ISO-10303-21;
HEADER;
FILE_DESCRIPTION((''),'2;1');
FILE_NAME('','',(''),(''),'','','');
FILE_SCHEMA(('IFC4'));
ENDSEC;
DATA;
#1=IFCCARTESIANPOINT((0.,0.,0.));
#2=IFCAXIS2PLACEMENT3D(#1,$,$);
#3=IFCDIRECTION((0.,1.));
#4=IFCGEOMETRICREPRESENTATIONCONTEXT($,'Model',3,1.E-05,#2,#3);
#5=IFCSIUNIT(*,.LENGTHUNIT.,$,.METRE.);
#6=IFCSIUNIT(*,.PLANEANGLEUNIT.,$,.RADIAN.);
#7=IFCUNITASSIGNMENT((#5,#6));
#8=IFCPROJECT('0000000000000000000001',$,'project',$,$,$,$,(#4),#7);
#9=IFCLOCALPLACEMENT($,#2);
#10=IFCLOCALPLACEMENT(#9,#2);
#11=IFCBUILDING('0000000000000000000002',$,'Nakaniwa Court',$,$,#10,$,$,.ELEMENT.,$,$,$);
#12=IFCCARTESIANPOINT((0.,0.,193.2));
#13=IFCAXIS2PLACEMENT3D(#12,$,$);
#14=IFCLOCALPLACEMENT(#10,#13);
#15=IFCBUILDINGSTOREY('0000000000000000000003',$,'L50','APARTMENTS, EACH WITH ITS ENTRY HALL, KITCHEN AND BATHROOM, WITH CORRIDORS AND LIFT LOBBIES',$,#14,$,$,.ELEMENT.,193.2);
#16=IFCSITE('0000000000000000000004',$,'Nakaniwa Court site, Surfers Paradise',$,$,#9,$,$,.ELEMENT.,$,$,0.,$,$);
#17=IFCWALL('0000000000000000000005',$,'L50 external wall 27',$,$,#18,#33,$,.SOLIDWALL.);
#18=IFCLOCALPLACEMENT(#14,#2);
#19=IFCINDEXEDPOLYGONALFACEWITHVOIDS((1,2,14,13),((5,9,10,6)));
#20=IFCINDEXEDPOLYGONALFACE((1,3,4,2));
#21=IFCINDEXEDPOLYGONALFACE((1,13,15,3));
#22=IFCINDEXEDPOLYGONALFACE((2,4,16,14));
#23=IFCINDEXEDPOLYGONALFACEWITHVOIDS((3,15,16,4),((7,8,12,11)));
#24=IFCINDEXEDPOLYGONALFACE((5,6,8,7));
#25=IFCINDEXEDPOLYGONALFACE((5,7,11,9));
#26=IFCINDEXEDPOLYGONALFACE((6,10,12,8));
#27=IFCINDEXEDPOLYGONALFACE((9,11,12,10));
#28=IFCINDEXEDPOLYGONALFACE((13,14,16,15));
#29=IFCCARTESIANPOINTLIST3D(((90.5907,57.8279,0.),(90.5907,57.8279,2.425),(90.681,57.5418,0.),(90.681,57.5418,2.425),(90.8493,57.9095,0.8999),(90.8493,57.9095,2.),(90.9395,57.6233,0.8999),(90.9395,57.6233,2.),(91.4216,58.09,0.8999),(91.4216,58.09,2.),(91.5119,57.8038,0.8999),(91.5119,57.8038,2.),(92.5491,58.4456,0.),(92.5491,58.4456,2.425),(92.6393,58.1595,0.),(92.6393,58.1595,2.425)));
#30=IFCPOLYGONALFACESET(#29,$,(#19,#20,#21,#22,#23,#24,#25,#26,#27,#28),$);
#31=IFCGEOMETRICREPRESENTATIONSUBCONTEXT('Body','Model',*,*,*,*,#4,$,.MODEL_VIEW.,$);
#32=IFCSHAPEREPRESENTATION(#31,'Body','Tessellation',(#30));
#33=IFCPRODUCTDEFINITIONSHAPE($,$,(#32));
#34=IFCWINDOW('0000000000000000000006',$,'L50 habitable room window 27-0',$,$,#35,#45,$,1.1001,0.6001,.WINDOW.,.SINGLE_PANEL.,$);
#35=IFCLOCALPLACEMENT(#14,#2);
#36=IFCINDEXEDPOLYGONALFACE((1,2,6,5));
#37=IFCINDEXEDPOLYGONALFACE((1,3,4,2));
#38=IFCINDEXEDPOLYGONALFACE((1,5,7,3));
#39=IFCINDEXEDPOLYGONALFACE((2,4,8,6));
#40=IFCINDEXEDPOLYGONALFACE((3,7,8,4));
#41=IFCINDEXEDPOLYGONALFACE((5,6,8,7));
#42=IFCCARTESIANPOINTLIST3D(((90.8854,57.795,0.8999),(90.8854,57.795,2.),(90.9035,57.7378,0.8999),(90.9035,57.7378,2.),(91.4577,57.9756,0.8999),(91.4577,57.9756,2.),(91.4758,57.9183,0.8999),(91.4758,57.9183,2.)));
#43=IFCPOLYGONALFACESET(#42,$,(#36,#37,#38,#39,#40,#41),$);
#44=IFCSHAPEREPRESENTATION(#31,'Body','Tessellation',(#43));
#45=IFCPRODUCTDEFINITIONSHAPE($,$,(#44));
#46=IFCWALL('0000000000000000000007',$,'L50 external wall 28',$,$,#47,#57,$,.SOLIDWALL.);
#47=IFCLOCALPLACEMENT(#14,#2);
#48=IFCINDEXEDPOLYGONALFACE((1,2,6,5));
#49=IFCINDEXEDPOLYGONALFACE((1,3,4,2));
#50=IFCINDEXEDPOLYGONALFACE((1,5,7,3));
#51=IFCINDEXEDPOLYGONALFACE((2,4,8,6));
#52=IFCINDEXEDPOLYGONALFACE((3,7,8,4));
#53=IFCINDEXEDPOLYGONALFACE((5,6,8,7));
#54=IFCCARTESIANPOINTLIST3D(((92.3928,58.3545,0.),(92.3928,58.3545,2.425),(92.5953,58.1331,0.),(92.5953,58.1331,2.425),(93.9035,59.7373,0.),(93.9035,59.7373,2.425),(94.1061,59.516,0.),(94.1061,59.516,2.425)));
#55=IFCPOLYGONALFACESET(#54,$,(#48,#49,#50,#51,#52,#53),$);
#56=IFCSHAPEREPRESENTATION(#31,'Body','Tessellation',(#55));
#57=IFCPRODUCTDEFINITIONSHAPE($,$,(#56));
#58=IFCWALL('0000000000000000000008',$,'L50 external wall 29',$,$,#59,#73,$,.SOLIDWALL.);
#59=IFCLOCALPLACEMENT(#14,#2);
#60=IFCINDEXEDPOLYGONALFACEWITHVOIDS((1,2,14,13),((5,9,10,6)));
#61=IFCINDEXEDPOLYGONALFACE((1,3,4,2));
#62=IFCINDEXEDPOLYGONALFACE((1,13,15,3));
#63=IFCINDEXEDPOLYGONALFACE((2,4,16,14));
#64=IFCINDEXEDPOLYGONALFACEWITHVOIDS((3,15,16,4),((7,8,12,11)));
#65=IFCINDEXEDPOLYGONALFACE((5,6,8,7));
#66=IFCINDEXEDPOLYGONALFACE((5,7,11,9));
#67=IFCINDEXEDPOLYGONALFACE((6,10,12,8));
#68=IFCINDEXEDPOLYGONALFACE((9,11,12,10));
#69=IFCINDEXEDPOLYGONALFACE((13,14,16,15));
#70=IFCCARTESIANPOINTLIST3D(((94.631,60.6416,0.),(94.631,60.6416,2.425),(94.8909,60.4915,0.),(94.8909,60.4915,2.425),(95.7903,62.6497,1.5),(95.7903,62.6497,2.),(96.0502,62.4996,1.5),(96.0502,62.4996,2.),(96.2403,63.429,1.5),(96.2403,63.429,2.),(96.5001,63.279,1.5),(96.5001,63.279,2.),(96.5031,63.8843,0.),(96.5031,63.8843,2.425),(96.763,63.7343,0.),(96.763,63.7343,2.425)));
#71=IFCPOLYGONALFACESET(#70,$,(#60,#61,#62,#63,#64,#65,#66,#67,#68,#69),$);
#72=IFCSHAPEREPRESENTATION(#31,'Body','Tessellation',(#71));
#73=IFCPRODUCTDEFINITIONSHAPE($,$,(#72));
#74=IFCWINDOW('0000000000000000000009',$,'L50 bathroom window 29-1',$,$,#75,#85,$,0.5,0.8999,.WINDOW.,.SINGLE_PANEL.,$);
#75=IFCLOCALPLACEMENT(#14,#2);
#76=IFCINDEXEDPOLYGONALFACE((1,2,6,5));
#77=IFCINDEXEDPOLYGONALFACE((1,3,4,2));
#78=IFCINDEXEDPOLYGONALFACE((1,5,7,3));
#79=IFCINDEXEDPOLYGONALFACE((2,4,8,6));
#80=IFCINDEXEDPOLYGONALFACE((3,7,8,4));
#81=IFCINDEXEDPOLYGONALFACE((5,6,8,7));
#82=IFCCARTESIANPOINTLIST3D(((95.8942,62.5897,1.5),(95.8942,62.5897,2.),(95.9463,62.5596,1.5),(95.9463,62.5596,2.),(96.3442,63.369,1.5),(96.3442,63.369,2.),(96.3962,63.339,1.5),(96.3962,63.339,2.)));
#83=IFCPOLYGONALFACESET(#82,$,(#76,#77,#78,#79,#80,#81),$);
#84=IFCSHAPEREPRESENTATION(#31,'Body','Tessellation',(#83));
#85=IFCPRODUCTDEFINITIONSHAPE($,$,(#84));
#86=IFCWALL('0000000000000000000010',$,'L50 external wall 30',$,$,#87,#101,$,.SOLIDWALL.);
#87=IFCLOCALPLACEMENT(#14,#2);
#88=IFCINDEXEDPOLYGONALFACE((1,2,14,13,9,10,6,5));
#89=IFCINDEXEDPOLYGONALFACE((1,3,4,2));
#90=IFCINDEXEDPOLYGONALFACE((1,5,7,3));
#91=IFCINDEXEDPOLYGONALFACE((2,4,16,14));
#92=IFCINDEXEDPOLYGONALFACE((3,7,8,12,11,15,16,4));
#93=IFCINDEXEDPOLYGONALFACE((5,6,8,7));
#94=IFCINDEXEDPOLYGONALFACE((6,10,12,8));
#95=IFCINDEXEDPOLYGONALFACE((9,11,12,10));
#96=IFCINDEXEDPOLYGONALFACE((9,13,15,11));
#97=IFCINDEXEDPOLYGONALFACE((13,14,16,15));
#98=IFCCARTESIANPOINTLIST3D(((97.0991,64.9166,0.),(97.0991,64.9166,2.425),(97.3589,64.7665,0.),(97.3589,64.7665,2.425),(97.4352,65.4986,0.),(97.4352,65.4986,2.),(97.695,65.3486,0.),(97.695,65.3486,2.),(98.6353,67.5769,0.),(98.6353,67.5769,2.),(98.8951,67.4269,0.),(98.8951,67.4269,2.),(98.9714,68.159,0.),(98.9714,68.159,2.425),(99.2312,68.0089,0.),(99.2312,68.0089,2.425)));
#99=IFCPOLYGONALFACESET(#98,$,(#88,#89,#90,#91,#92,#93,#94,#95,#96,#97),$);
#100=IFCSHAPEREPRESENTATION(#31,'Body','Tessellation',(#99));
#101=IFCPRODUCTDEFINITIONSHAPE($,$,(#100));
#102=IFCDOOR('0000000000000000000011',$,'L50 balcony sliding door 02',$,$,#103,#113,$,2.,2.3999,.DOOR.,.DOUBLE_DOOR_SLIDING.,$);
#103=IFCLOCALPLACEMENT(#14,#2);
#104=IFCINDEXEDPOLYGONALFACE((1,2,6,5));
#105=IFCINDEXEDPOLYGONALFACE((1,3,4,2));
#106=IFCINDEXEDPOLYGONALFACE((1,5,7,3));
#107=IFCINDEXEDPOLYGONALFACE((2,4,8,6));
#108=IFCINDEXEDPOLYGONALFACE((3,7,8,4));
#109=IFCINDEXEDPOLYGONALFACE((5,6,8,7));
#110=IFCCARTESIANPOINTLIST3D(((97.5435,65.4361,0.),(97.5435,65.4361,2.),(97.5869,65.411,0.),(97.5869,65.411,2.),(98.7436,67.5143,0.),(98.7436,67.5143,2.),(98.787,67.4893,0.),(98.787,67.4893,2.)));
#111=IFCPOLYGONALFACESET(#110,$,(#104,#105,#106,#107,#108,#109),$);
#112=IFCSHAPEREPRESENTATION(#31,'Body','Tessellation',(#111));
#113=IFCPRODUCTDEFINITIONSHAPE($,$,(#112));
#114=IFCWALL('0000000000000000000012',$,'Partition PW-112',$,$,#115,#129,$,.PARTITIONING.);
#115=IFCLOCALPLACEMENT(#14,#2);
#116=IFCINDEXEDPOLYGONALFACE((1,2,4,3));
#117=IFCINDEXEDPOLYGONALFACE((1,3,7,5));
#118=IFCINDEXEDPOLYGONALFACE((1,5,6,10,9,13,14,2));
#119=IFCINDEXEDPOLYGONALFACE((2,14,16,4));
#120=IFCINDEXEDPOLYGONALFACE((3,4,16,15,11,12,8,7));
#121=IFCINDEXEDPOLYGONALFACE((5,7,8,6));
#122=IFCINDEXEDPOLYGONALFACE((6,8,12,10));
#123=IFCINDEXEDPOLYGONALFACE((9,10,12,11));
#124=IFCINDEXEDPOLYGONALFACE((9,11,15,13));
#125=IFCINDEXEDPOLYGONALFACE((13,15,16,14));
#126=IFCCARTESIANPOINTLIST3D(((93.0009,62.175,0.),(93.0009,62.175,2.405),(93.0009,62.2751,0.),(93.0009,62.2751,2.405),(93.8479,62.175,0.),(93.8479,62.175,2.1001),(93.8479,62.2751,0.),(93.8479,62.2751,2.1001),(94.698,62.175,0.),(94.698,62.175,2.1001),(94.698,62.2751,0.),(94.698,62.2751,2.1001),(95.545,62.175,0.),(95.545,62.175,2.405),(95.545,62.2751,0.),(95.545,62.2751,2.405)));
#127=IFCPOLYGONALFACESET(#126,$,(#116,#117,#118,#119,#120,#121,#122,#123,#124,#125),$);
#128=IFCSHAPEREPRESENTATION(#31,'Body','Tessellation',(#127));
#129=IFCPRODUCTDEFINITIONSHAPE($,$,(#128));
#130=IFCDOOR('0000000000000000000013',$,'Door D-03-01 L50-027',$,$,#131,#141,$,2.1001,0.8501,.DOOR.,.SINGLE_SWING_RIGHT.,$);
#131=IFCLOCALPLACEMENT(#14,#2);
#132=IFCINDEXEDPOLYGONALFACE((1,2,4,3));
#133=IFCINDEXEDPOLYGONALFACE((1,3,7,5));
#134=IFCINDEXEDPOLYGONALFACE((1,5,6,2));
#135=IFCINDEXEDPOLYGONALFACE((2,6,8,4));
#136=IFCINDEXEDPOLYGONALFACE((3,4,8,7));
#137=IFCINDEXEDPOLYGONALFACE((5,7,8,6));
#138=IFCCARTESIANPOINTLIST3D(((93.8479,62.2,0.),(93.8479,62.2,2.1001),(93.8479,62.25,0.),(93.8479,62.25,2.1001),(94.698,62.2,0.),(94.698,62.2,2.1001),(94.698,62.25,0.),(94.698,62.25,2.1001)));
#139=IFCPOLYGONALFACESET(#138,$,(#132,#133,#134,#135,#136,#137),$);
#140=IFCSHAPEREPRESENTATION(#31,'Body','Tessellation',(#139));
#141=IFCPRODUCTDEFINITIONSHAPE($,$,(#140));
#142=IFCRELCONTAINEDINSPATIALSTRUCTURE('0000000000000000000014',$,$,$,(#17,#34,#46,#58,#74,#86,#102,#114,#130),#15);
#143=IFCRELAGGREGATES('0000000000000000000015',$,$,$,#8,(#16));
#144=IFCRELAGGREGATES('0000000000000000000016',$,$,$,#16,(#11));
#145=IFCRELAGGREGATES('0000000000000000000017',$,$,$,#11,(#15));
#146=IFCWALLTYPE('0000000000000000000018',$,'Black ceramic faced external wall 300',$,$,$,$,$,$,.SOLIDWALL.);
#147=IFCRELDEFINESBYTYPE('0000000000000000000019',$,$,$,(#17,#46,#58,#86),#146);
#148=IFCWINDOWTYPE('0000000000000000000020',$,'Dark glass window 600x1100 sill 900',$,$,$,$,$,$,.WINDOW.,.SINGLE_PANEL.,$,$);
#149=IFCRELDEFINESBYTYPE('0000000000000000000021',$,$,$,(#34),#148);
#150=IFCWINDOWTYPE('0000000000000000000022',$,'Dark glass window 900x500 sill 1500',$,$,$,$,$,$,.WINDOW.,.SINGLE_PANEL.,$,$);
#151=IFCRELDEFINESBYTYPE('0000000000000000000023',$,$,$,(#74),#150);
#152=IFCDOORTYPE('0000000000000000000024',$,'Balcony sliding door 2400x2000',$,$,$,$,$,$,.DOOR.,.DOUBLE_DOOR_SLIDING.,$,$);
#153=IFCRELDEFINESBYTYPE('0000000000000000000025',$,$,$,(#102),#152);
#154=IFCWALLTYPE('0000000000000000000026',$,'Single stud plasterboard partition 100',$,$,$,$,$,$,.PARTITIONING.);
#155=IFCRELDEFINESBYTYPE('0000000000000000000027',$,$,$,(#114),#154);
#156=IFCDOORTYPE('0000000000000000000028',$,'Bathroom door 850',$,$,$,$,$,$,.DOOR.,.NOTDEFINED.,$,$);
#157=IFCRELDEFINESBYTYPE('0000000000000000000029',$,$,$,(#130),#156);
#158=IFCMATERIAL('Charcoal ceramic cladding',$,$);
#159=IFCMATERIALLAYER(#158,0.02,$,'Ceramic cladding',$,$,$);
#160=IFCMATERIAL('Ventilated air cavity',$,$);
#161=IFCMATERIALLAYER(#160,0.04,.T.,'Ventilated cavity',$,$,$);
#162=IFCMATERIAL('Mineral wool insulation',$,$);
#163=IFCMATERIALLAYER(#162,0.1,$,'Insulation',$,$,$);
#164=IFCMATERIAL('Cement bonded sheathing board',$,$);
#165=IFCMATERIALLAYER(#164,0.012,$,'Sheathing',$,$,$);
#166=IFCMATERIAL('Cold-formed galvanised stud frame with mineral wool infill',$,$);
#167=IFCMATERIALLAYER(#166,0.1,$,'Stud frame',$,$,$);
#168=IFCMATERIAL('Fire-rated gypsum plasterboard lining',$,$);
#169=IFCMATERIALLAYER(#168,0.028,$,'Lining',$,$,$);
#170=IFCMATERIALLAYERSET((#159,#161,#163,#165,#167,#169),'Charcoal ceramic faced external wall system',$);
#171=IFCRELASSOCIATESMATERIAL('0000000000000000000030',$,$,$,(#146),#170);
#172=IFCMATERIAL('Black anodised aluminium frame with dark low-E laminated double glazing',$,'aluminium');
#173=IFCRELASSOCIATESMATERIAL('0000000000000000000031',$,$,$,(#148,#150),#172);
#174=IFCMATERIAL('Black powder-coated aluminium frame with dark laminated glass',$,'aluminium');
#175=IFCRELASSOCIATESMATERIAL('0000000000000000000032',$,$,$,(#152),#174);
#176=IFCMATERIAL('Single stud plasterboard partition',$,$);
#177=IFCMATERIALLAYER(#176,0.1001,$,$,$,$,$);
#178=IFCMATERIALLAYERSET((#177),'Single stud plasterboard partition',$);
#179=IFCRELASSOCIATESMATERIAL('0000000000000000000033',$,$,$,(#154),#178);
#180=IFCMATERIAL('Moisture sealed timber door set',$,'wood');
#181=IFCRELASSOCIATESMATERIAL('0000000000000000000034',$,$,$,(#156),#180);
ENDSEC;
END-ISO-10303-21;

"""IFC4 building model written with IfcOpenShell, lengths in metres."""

from ifc_helpers import new_model, si_unit, direction, frame, frame_2d, origin, place, context, subcontext, project, spatial, rectangle, extrude, material, layer, layer_set, type_object, element, fill, save


model = new_model("IFC4")

# Units and contexts
model_context = context("Model", 3, precision=1e-05, world=origin(), true_north=direction((0.0, 1.0)))
body_context = subcontext(model_context, "Body", "Model", "MODEL_VIEW")
ifc_project = project(units=[si_unit("LENGTHUNIT", "METRE"), si_unit("PLANEANGLEUNIT", "RADIAN")], contexts=[model_context])

# Site, building, storey
site_placement = place(None, origin())
site = spatial("IfcSite", under=ifc_project, at=site_placement, Name="Nakaniwa Court site, Surfers Paradise", CompositionType="ELEMENT", RefElevation=0.0)
building_placement = place(site_placement, origin())
building = spatial("IfcBuilding", under=site, at=building_placement, Name="Nakaniwa Court", CompositionType="ELEMENT")
storey_placement = place(building_placement, frame((0.0, 0.0, 193.2)))
storey = spatial("IfcBuildingStorey", under=building, at=storey_placement, Name="L50", Description="APARTMENTS, EACH WITH ITS ENTRY HALL, KITCHEN AND BATHROOM, WITH CORRIDORS AND LIFT LOBBIES", CompositionType="ELEMENT", Elevation=193.2)

# Wall, opening, window
ifc_material_1 = material(Name="Charcoal ceramic cladding")
ifc_layer_1 = layer(ifc_material_1, 0.02, Name="Ceramic cladding")
ifc_material_2 = material(Name="Ventilated air cavity")
ifc_layer_2 = layer(ifc_material_2, 0.04, ventilated=True, Name="Ventilated cavity")
ifc_material_3 = material(Name="Mineral wool insulation")
ifc_layer_3 = layer(ifc_material_3, 0.1, Name="Insulation")
ifc_material_4 = material(Name="Cement bonded sheathing board")
ifc_layer_4 = layer(ifc_material_4, 0.012, Name="Sheathing")
ifc_material_5 = material(Name="Cold-formed galvanised stud frame with mineral wool infill")
ifc_layer_5 = layer(ifc_material_5, 0.1, Name="Stud frame")
ifc_material_6 = material(Name="Fire-rated gypsum plasterboard lining")
ifc_layer_6 = layer(ifc_material_6, 0.028, Name="Lining")
ifc_layer_set_1 = layer_set([ifc_layer_1, ifc_layer_2, ifc_layer_3, ifc_layer_4, ifc_layer_5, ifc_layer_6], Name="Charcoal ceramic faced external wall system")
wall_type_1 = type_object("IfcWallType", Name="Black ceramic faced external wall 300", PredefinedType="SOLIDWALL", material=ifc_layer_set_1)
wall_1_placement = place(storey_placement, frame((90.6357, 57.6848, 0.0), z_axis=(0.0, 0.0, 1.0), x_axis=(0.953683, 0.300813, 0.0)))
wall_1 = element("IfcWall", 1, at=wall_1_placement, inside=storey, type_object=wall_type_1, Name="L50 external wall 27", PredefinedType="SOLIDWALL", context=body_context, shape_type="SweptSolid", body=[
    extrude(rectangle(XDim=2.0535, YDim=0.3, at=frame_2d((1.0269, 0.0))), origin(), (0.0, 0.0, 1.0), 2.425),
])
opening_1_placement = place(wall_1_placement, frame((0.2712, 0.0, 0.8999)))
opening_1 = element("IfcOpeningElement", 2, at=opening_1_placement, cuts=wall_1, PredefinedType="OPENING", context=body_context, shape_type="SweptSolid", body=[
    extrude(rectangle(XDim=0.6001, YDim=1.1001, at=frame_2d((0.3, 0.55))), frame((0.0, 0.1599, 0.0), z_axis=(0.0, -1.0, 0.0), x_axis=(1.0, 0.0, 0.0)), (0.0, 0.0, 1.0), 0.3201),
])
ifc_material_7 = material(Name="Black anodised aluminium frame with dark low-E laminated double glazing", Category="aluminium")
window_type_1 = type_object("IfcWindowType", Name="Dark glass window 600x1100 sill 900", PartitioningType="SINGLE_PANEL", PredefinedType="WINDOW", material=ifc_material_7)
window_1_placement = place(opening_1_placement, origin())
window_1 = element("IfcWindow", 3, at=window_1_placement, inside=storey, type_object=window_type_1, Name="L50 habitable room window 27-0", OverallHeight=1.1001, OverallWidth=0.6001, PartitioningType="SINGLE_PANEL", PredefinedType="WINDOW", context=body_context, shape_type="SweptSolid", body=[
    extrude(rectangle(XDim=0.6001, YDim=1.1001, at=frame_2d((0.3, 0.55))), frame((0.0, 0.03, 0.0), z_axis=(0.0, -1.0, 0.0), x_axis=(1.0, 0.0, 0.0)), (0.0, 0.0, 1.0), 0.0601),
])
fill(opening_1, window_1)

# Wall
wall_2_placement = place(storey_placement, frame((92.4941, 58.2439, 0.0), z_axis=(0.0, 0.0, 1.0), x_axis=(0.737649, 0.675185, 0.0)))
element("IfcWall", 4, at=wall_2_placement, inside=storey, type_object=wall_type_1, Name="L50 external wall 28", PredefinedType="SOLIDWALL", context=body_context, shape_type="SweptSolid", body=[
    extrude(rectangle(XDim=2.0481, YDim=0.3, at=frame_2d((1.0239, 0.0))), origin(), (0.0, 0.0, 1.0), 2.425),
])

# Wall, opening, window
wall_3_placement = place(storey_placement, frame((94.761, 60.5667, 0.0), z_axis=(0.0, 0.0, 1.0), x_axis=(0.499982, 0.866036, 0.0)))
wall_3 = element("IfcWall", 5, at=wall_3_placement, inside=storey, type_object=wall_type_1, Name="L50 external wall 29", PredefinedType="SOLIDWALL", context=body_context, shape_type="SweptSolid", body=[
    extrude(rectangle(XDim=3.7444, YDim=0.3, at=frame_2d((1.8721, 0.0))), origin(), (0.0, 0.0, 1.0), 2.425),
])
opening_2_placement = place(wall_3_placement, frame((2.3186, 0.0, 1.5)))
opening_2 = element("IfcOpeningElement", 6, at=opening_2_placement, cuts=wall_3, PredefinedType="OPENING", context=body_context, shape_type="SweptSolid", body=[
    extrude(rectangle(XDim=0.8999, YDim=0.5, at=frame_2d((0.45, 0.25))), frame((0.0, 0.1599, 0.0), z_axis=(0.0, -1.0, 0.0), x_axis=(1.0, 0.0, 0.0)), (0.0, 0.0, 1.0), 0.3201),
])
window_type_2 = type_object("IfcWindowType", Name="Dark glass window 900x500 sill 1500", PartitioningType="SINGLE_PANEL", PredefinedType="WINDOW", material=ifc_material_7)
window_2_placement = place(opening_2_placement, origin())
window_2 = element("IfcWindow", 7, at=window_2_placement, inside=storey, type_object=window_type_2, Name="L50 bathroom window 29-1", OverallHeight=0.5, OverallWidth=0.8999, PartitioningType="SINGLE_PANEL", PredefinedType="WINDOW", context=body_context, shape_type="SweptSolid", body=[
    extrude(rectangle(XDim=0.8999, YDim=0.5, at=frame_2d((0.45, 0.25))), frame((0.0, 0.03, 0.0), z_axis=(0.0, -1.0, 0.0), x_axis=(1.0, 0.0, 0.0)), (0.0, 0.0, 1.0), 0.0601),
])
fill(opening_2, window_2)

# Walls, openings, doors
wall_4_placement = place(storey_placement, frame((97.229, 64.8416, 0.0), z_axis=(0.0, 0.0, 1.0), x_axis=(0.500059, 0.865991, 0.0)))
wall_4 = element("IfcWall", 8, at=wall_4_placement, inside=storey, type_object=wall_type_1, Name="L50 external wall 30", PredefinedType="SOLIDWALL", context=body_context, shape_type="SweptSolid", body=[
    extrude(rectangle(XDim=3.7441, YDim=0.3, at=frame_2d((1.8721, 0.0))), origin(), (0.0, 0.0, 1.0), 2.425),
])
opening_3_placement = place(wall_4_placement, frame((0.6721, 0.0, 0.0)))
opening_3 = element("IfcOpeningElement", 9, at=opening_3_placement, cuts=wall_4, PredefinedType="OPENING", context=body_context, shape_type="SweptSolid", body=[
    extrude(rectangle(XDim=2.3999, YDim=2.0, at=frame_2d((1.2, 1.0))), frame((0.0, 0.1599, 0.0), z_axis=(0.0, -1.0, 0.0), x_axis=(1.0, 0.0, 0.0)), (0.0, 0.0, 1.0), 0.3201),
])
ifc_material_8 = material(Name="Black powder-coated aluminium frame with dark laminated glass", Category="aluminium")
door_type_1 = type_object("IfcDoorType", Name="Balcony sliding door 2400x2000", OperationType="DOUBLE_DOOR_SLIDING", PredefinedType="DOOR", material=ifc_material_8)
door_1_placement = place(opening_3_placement, origin())
door_1 = element("IfcDoor", 10, at=door_1_placement, inside=storey, type_object=door_type_1, Name="L50 balcony sliding door 02", OperationType="DOUBLE_DOOR_SLIDING", OverallHeight=2.0, OverallWidth=2.3999, PredefinedType="DOOR", context=body_context, shape_type="SweptSolid", body=[
    extrude(rectangle(XDim=2.3999, YDim=2.0, at=frame_2d((1.2, 1.0))), frame((0.0, 0.0249, 0.0), z_axis=(0.0, -1.0, 0.0), x_axis=(1.0, 0.0, 0.0)), (0.0, 0.0, 1.0), 0.05),
])
fill(opening_3, door_1)
ifc_material_9 = material(Name="Single stud plasterboard partition")
ifc_layer_7 = layer(ifc_material_9, 0.1001)
ifc_layer_set_2 = layer_set([ifc_layer_7], Name="Single stud plasterboard partition")
wall_type_2 = type_object("IfcWallType", Name="Single stud plasterboard partition 100", PredefinedType="PARTITIONING", material=ifc_layer_set_2)
wall_5_placement = place(storey_placement, frame((93.001, 62.2251, 0.0), z_axis=(0.0, 0.0, 1.0), x_axis=(1.0, 0.0, 0.0)))
wall_5 = element("IfcWall", 11, at=wall_5_placement, inside=storey, type_object=wall_type_2, Name="Partition PW-112", PredefinedType="PARTITIONING", context=body_context, shape_type="SweptSolid", body=[
    extrude(rectangle(XDim=2.5442, YDim=0.1001, at=frame_2d((1.272, 0.0))), origin(), (0.0, 0.0, 1.0), 2.405),
])
opening_4_placement = place(wall_5_placement, frame((0.8469, 0.0, 0.0)))
opening_4 = element("IfcOpeningElement", 12, at=opening_4_placement, cuts=wall_5, PredefinedType="OPENING", context=body_context, shape_type="SweptSolid", body=[
    extrude(rectangle(XDim=0.8501, YDim=2.1001, at=frame_2d((0.425, 1.05))), frame((0.0, 0.0601, 0.0), z_axis=(0.0, -1.0, 0.0), x_axis=(1.0, 0.0, 0.0)), (0.0, 0.0, 1.0), 0.1201),
])
ifc_material_10 = material(Name="Moisture sealed timber door set", Category="wood")
door_type_2 = type_object("IfcDoorType", Name="Bathroom door 850", OperationType="NOTDEFINED", PredefinedType="DOOR", material=ifc_material_10)
door_2_placement = place(opening_4_placement, origin())
door_2 = element("IfcDoor", 13, at=door_2_placement, inside=storey, type_object=door_type_2, Name="Door D-03-01 L50-027", OperationType="SINGLE_SWING_RIGHT", OverallHeight=2.1001, OverallWidth=0.8501, PredefinedType="DOOR", context=body_context, shape_type="SweptSolid", body=[
    extrude(rectangle(XDim=0.8501, YDim=2.1001, at=frame_2d((0.425, 1.05))), frame((0.0, 0.0249, 0.0), z_axis=(0.0, -1.0, 0.0), x_axis=(1.0, 0.0, 0.0)), (0.0, 0.0, 1.0), 0.05),
])
fill(opening_4, door_2)

save(model, "model.ifc")
